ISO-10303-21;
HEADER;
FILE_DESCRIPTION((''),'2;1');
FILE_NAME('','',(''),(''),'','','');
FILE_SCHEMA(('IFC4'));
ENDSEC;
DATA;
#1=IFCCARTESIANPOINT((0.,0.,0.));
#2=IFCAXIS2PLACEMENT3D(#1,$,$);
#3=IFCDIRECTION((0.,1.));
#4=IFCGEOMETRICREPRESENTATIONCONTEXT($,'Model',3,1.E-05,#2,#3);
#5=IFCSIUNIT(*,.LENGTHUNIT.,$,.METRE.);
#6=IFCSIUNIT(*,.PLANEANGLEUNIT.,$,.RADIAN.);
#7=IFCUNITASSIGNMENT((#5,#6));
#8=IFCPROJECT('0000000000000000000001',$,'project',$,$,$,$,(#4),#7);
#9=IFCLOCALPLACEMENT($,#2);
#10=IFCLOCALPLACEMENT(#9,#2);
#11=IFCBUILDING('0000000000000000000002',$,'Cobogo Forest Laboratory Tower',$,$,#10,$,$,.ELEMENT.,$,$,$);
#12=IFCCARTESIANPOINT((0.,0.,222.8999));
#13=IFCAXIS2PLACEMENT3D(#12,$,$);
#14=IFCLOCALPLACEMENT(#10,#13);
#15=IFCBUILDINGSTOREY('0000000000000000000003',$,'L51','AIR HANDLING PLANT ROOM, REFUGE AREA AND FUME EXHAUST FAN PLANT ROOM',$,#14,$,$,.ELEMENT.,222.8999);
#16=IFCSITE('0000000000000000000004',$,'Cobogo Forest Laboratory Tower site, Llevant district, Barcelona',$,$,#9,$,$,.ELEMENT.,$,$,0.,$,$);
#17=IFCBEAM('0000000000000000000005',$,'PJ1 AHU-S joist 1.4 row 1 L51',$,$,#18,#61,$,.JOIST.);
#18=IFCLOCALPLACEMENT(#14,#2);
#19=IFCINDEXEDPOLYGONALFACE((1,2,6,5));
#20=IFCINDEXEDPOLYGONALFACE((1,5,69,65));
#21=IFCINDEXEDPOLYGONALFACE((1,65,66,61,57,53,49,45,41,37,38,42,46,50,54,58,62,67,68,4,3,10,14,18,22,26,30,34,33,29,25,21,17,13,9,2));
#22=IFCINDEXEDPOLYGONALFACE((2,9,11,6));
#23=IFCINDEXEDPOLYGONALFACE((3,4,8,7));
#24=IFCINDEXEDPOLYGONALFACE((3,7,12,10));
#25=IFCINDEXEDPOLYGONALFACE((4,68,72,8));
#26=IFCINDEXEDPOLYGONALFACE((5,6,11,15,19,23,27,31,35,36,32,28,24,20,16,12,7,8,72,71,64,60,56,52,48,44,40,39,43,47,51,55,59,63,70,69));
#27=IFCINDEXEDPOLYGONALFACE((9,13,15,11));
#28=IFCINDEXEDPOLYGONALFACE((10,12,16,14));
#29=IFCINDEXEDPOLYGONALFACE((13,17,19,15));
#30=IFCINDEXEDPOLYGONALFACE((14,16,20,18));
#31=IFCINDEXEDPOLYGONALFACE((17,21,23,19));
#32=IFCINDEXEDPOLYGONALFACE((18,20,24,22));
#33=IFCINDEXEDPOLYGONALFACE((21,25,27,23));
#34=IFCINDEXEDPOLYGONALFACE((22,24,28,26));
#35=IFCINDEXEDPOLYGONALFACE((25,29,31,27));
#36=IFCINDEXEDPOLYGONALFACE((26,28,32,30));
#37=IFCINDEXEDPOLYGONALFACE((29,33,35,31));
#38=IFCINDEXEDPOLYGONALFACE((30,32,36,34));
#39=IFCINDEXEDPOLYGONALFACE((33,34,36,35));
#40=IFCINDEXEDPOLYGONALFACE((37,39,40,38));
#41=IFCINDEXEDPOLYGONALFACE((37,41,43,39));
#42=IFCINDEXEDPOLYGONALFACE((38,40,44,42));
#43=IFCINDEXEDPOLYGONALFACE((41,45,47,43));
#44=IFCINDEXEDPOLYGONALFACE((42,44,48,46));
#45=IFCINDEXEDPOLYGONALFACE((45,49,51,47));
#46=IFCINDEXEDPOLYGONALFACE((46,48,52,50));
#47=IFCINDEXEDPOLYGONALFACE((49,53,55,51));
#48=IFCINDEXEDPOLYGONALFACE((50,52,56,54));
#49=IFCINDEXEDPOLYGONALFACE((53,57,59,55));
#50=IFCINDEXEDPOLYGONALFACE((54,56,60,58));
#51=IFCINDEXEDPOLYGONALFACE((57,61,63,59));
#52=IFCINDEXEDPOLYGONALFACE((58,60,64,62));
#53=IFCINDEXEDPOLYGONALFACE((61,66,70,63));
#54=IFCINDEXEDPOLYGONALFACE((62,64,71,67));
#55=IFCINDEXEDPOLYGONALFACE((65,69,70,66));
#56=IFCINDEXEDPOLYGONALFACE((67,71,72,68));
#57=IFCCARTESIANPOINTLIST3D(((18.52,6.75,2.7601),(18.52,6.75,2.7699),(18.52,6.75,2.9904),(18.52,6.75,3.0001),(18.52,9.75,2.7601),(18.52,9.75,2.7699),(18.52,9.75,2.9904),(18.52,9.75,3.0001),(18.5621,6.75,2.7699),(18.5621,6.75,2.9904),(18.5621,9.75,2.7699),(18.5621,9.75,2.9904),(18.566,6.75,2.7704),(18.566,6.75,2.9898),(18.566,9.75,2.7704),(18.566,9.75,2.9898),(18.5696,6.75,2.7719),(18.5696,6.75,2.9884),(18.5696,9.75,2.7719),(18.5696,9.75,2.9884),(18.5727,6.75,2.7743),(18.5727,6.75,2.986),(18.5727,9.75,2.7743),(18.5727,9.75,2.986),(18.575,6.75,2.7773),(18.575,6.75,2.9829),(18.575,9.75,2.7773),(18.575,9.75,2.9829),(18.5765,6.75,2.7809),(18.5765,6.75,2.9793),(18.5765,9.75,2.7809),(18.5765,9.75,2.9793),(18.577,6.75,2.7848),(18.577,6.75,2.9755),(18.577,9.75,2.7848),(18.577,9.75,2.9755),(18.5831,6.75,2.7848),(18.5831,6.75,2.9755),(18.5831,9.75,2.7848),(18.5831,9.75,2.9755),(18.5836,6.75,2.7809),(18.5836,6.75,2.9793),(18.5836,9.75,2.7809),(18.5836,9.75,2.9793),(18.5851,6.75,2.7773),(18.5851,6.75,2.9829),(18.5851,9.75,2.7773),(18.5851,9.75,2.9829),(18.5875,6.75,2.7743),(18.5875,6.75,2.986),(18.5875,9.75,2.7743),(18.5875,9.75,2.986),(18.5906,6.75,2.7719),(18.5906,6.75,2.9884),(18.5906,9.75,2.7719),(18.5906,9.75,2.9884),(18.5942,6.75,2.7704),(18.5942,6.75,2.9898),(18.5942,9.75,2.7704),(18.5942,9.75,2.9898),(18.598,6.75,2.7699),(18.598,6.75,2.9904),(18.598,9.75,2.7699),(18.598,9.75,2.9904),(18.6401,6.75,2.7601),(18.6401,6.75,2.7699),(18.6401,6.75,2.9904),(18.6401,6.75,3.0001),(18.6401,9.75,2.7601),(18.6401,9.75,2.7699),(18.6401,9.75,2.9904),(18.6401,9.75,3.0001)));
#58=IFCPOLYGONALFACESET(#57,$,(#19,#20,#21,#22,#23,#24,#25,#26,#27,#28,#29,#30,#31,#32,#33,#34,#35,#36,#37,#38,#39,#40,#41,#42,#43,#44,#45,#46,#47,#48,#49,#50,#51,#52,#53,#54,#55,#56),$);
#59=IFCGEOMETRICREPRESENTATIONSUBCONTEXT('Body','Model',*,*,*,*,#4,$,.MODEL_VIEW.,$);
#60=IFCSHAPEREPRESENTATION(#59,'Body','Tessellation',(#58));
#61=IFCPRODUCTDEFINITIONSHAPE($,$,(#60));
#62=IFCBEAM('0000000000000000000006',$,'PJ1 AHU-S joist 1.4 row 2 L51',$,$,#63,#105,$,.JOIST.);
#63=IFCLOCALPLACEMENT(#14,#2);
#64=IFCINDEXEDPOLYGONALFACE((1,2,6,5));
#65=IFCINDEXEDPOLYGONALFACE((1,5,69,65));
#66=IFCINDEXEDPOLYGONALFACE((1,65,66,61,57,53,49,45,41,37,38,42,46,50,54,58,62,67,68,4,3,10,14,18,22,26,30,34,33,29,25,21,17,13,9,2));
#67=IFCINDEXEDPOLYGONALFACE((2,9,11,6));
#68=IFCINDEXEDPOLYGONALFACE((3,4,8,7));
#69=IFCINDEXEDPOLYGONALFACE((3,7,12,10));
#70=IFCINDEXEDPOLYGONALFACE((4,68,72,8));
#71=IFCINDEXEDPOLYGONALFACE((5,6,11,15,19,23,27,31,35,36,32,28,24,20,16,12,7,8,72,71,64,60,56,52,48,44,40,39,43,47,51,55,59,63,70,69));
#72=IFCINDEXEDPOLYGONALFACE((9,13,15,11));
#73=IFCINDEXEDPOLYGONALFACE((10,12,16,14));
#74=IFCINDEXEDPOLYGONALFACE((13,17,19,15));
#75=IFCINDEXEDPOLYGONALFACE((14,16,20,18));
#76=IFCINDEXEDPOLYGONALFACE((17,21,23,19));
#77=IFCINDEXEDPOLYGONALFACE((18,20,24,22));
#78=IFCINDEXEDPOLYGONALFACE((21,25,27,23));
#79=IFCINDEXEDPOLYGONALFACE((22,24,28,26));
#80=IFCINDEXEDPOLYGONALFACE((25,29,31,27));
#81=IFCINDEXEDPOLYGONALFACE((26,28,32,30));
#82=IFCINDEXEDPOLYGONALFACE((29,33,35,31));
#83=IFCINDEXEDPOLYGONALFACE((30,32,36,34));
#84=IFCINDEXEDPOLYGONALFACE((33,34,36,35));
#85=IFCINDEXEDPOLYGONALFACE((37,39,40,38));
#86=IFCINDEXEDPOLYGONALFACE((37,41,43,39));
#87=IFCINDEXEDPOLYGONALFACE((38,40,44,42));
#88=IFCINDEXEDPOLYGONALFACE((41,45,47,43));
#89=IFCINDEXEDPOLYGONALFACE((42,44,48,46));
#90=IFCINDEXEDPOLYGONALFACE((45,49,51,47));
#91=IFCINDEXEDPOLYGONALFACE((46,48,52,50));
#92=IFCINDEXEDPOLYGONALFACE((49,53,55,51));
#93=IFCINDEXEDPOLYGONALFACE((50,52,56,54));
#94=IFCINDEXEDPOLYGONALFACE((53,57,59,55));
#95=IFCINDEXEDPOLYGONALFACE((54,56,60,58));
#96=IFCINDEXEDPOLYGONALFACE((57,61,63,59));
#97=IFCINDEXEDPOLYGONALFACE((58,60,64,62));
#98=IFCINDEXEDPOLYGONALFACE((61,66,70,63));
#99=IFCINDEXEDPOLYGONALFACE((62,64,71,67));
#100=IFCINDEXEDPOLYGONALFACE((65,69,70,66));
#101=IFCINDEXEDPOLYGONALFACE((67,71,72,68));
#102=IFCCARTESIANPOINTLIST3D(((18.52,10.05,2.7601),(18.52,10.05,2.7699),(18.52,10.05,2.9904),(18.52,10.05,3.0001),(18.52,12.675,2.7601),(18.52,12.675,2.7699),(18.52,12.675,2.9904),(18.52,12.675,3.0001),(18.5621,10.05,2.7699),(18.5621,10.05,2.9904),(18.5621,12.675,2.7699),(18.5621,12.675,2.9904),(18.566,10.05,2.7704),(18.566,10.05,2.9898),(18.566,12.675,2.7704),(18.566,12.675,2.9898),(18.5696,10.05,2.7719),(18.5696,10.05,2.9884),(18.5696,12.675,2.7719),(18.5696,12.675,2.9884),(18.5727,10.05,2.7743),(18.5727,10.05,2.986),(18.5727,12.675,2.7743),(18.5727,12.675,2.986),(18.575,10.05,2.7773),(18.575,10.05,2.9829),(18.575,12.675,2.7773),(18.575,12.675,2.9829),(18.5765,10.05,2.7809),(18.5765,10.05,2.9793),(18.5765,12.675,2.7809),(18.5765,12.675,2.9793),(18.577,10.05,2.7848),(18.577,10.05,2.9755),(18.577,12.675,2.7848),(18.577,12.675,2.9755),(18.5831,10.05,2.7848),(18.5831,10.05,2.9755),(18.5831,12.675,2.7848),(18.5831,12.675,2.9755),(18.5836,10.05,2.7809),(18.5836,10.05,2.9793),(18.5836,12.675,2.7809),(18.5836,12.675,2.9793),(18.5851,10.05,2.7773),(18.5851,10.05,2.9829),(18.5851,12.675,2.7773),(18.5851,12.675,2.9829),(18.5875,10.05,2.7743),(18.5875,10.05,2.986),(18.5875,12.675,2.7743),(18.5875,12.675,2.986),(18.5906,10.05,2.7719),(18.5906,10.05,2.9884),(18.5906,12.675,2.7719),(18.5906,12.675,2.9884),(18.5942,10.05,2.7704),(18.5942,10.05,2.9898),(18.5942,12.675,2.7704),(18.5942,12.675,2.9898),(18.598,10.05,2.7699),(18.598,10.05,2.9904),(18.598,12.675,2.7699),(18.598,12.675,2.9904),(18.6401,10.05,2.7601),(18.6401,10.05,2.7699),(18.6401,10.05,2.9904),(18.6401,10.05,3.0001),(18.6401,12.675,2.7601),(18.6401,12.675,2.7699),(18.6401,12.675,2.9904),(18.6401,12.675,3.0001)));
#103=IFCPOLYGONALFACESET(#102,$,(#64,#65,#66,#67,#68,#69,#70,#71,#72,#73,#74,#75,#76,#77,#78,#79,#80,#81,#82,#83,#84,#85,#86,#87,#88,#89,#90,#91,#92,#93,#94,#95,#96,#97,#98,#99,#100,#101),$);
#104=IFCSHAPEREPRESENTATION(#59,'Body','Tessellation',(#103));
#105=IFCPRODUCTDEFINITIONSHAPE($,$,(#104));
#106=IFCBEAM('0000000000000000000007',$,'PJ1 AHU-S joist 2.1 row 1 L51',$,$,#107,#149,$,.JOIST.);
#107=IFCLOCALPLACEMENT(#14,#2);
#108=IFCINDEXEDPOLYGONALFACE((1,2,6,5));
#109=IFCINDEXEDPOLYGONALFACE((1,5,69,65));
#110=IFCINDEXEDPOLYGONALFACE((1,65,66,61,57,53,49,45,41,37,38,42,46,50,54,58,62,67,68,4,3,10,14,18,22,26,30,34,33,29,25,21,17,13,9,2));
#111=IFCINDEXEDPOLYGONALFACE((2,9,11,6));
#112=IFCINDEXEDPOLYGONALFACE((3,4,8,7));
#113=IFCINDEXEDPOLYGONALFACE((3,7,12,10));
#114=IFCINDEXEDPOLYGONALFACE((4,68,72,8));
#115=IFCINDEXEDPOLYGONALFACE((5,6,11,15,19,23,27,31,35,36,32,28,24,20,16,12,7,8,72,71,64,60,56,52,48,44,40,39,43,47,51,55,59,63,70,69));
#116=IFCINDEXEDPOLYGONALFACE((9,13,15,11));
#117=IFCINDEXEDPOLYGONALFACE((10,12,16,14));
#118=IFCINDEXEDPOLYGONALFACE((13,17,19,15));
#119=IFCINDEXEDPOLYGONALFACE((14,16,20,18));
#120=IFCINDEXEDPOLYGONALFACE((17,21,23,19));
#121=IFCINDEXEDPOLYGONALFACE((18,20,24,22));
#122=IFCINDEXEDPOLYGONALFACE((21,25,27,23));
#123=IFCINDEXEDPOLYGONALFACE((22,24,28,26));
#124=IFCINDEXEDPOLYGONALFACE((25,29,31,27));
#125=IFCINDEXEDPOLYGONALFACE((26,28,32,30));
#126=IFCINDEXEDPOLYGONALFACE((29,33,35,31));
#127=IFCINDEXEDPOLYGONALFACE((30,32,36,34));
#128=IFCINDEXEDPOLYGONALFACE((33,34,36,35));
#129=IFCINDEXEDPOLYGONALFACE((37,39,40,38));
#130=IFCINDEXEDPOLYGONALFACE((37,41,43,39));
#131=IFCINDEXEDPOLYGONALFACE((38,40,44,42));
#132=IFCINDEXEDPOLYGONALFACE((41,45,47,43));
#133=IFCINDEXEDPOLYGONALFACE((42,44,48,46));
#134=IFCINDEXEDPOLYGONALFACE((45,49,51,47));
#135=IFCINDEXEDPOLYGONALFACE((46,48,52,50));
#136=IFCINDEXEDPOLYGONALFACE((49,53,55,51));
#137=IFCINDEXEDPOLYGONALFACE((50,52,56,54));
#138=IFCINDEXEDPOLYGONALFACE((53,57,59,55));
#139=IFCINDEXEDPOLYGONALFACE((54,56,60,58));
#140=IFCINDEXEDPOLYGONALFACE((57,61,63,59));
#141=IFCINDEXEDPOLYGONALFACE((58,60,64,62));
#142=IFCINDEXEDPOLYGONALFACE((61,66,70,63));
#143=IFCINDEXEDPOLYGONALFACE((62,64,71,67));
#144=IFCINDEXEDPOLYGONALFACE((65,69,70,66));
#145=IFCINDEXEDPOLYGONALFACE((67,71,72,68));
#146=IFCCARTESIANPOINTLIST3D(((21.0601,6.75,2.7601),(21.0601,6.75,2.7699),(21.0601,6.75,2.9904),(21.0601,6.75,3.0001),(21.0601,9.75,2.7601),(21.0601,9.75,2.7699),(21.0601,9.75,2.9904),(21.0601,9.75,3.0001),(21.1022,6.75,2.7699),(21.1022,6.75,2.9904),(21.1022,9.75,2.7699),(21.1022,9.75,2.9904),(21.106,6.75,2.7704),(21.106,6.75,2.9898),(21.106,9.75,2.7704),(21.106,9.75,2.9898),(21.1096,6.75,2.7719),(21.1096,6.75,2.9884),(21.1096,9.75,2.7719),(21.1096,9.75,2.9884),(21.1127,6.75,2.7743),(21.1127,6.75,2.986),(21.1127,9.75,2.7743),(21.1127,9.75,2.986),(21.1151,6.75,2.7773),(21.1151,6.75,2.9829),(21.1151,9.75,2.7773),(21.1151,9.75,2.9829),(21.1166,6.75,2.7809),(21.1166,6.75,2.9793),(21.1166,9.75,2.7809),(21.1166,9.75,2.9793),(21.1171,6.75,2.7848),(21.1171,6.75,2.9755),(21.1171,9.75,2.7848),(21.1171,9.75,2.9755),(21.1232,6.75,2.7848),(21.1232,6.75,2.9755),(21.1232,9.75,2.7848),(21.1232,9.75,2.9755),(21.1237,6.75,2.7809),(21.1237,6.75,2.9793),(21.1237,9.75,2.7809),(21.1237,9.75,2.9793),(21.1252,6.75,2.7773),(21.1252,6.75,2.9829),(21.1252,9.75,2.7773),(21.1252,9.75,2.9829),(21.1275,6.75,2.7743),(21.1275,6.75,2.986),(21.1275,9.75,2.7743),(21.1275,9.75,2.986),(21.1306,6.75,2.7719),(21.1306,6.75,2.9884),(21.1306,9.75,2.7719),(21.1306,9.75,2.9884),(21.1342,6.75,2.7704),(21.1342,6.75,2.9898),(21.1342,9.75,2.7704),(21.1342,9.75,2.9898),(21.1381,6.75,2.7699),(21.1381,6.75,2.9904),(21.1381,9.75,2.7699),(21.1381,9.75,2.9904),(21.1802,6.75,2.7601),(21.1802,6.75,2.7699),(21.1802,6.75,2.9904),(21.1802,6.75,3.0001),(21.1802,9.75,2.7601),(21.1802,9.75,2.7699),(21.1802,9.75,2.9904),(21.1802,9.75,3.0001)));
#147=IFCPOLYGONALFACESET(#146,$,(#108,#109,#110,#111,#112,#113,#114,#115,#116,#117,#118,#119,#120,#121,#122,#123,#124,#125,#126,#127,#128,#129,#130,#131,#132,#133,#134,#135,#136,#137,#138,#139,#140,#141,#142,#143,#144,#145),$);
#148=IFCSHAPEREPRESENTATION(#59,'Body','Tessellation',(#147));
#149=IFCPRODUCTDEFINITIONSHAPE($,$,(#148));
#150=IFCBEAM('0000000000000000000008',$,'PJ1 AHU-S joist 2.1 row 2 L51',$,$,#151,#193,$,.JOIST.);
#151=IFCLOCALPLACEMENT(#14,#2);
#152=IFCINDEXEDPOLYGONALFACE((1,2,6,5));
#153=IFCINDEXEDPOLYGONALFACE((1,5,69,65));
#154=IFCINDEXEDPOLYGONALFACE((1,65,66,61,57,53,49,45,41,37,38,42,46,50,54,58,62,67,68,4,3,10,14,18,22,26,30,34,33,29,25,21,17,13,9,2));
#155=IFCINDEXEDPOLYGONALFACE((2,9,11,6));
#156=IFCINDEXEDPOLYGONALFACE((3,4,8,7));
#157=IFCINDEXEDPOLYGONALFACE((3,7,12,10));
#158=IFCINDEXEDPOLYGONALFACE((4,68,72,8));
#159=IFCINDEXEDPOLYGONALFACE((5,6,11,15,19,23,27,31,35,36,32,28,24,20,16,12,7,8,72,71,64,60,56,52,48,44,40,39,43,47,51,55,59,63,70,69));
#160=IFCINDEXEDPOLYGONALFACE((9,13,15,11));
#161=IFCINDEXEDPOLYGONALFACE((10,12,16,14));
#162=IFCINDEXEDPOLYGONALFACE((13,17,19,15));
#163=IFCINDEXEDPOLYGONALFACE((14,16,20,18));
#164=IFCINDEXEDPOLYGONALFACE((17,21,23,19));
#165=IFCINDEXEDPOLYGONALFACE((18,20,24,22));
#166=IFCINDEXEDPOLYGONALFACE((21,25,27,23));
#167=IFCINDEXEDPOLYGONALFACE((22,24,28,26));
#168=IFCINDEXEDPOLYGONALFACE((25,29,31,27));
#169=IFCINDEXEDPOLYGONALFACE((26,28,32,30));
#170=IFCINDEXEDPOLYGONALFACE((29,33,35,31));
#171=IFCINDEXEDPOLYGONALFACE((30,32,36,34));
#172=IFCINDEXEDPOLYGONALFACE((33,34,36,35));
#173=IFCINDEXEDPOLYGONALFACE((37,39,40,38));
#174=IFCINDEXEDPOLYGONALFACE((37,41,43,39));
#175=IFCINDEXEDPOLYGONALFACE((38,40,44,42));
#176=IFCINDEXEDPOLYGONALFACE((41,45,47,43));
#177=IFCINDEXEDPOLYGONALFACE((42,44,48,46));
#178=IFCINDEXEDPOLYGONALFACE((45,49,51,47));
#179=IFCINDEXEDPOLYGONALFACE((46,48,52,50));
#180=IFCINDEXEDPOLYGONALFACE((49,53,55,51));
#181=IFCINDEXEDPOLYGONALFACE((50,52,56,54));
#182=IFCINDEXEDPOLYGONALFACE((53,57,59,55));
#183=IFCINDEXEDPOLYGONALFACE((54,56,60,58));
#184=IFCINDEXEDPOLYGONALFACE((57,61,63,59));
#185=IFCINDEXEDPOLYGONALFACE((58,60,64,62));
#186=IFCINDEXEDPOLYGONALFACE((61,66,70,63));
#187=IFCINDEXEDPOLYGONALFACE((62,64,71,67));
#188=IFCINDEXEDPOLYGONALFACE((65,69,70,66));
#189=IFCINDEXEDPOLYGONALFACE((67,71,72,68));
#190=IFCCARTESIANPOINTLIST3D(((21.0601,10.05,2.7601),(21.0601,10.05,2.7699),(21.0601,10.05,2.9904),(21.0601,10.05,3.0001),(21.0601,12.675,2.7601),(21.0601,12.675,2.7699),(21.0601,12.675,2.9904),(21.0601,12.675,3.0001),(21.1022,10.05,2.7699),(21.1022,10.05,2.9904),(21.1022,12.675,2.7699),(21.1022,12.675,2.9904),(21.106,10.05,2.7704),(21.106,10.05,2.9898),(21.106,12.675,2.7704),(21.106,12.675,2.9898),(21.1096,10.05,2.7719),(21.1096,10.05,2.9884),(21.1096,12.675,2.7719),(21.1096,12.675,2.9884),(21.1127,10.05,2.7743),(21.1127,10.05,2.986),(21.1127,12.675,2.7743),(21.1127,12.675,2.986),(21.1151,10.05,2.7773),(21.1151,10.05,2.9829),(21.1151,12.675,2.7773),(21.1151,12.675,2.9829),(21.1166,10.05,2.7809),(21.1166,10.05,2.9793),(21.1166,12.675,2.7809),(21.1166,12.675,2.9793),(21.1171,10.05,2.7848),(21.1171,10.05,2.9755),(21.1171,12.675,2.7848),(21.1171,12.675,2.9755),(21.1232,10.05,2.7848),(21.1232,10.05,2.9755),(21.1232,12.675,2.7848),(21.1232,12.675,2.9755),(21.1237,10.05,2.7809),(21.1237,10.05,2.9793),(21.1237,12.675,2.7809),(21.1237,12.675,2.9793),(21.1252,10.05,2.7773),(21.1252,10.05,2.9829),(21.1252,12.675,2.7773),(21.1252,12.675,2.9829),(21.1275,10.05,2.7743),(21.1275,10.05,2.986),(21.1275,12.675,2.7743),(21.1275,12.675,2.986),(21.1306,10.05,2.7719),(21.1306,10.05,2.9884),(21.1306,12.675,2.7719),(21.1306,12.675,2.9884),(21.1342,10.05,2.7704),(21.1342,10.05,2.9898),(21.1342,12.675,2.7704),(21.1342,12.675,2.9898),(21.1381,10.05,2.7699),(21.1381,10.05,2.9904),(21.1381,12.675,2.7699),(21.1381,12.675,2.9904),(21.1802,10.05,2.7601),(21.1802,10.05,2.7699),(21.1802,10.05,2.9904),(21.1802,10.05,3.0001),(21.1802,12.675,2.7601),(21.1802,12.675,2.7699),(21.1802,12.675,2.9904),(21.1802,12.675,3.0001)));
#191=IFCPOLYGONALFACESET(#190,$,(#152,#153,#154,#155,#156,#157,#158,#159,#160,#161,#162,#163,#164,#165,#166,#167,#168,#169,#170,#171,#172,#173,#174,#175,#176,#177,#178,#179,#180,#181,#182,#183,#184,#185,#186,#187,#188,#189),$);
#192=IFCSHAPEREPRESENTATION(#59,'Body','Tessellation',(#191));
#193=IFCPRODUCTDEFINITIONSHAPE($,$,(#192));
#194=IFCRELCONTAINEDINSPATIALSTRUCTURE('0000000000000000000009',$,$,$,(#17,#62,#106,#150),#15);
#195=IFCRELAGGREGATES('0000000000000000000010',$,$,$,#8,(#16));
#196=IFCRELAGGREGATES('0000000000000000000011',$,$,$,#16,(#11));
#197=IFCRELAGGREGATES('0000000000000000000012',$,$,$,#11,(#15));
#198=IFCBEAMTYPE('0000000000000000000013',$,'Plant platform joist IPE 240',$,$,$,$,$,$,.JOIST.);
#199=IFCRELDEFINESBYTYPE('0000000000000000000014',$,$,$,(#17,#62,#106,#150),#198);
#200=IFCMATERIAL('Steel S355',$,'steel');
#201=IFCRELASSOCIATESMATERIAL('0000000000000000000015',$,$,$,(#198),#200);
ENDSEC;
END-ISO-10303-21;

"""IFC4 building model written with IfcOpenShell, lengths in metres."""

from ifc_helpers import new_model, si_unit, direction, frame, origin, origin_2d, place, context, subcontext, project, spatial, i_section, extrude, material, material_profile, profile_set, type_object, element, save


model = new_model("IFC4")

# Units and contexts
model_context = context("Model", 3, precision=1e-05, world=origin(), true_north=direction((0.0, 1.0)))
body_context = subcontext(model_context, "Body", "Model", "MODEL_VIEW")
ifc_project = project(units=[si_unit("LENGTHUNIT", "METRE"), si_unit("PLANEANGLEUNIT", "RADIAN")], contexts=[model_context])

# Site, building, storey
site_placement = place(None, origin())
site = spatial("IfcSite", under=ifc_project, at=site_placement, Name="Cobogo Forest Laboratory Tower site, Llevant district, Barcelona", CompositionType="ELEMENT", RefElevation=0.0)
building_placement = place(site_placement, origin())
building = spatial("IfcBuilding", under=site, at=building_placement, Name="Cobogo Forest Laboratory Tower", CompositionType="ELEMENT")
storey_placement = place(building_placement, frame((0.0, 0.0, 222.8999)))
storey = spatial("IfcBuildingStorey", under=building, at=storey_placement, Name="L51", Description="AIR HANDLING PLANT ROOM, REFUGE AREA AND FUME EXHAUST FAN PLANT ROOM", CompositionType="ELEMENT", Elevation=222.8999)

# Beams
ifc_material_1 = material(Name="Steel S355", Category="steel")
ifc_material_profile_1 = material_profile(ifc_material_1, i_section(OverallWidth=0.1201, OverallDepth=0.24, WebThickness=0.0061, FlangeThickness=0.0098, FilletRadius=0.0149, at=origin_2d()), Name="IPE 240")
ifc_profile_set_1 = profile_set([ifc_material_profile_1], Name="Steel S355")
beam_type_1 = type_object("IfcBeamType", Name="Plant platform joist IPE 240", PredefinedType="JOIST", material=ifc_profile_set_1)
beam_1_placement = place(storey_placement, frame((18.5801, 6.75, 2.8801), z_axis=(0.0, 1.0, 0.0), x_axis=(-1.0, 0.0, 0.0)))
element("IfcBeam", 1, at=beam_1_placement, inside=storey, type_object=beam_type_1, Name="PJ1 AHU-S joist 1.4 row 1 L51", PredefinedType="JOIST", context=body_context, shape_type="SweptSolid", body=[
    extrude(i_section(OverallWidth=0.1201, OverallDepth=0.24, WebThickness=0.0061, FlangeThickness=0.0098, FilletRadius=0.0149, at=origin_2d()), origin(), (0.0, 0.0, 1.0), 3.0),
])
beam_2_placement = place(storey_placement, frame((18.5801, 10.05, 2.8801), z_axis=(0.0, 1.0, 0.0), x_axis=(-1.0, 0.0, 0.0)))
element("IfcBeam", 2, at=beam_2_placement, inside=storey, type_object=beam_type_1, Name="PJ1 AHU-S joist 1.4 row 2 L51", PredefinedType="JOIST", context=body_context, shape_type="SweptSolid", body=[
    extrude(i_section(OverallWidth=0.1201, OverallDepth=0.24, WebThickness=0.0061, FlangeThickness=0.0098, FilletRadius=0.0149, at=origin_2d()), origin(), (0.0, 0.0, 1.0), 2.625),
])
beam_3_placement = place(storey_placement, frame((21.1201, 6.75, 2.8801), z_axis=(0.0, 1.0, 0.0), x_axis=(-1.0, 0.0, 0.0)))
element("IfcBeam", 3, at=beam_3_placement, inside=storey, type_object=beam_type_1, Name="PJ1 AHU-S joist 2.1 row 1 L51", PredefinedType="JOIST", context=body_context, shape_type="SweptSolid", body=[
    extrude(i_section(OverallWidth=0.1201, OverallDepth=0.24, WebThickness=0.0061, FlangeThickness=0.0098, FilletRadius=0.0149, at=origin_2d()), origin(), (0.0, 0.0, 1.0), 3.0),
])
beam_4_placement = place(storey_placement, frame((21.1201, 10.05, 2.8801), z_axis=(0.0, 1.0, 0.0), x_axis=(-1.0, 0.0, 0.0)))
element("IfcBeam", 4, at=beam_4_placement, inside=storey, type_object=beam_type_1, Name="PJ1 AHU-S joist 2.1 row 2 L51", PredefinedType="JOIST", context=body_context, shape_type="SweptSolid", body=[
    extrude(i_section(OverallWidth=0.1201, OverallDepth=0.24, WebThickness=0.0061, FlangeThickness=0.0098, FilletRadius=0.0149, at=origin_2d()), origin(), (0.0, 0.0, 1.0), 2.625),
])

save(model, "model.ifc")
